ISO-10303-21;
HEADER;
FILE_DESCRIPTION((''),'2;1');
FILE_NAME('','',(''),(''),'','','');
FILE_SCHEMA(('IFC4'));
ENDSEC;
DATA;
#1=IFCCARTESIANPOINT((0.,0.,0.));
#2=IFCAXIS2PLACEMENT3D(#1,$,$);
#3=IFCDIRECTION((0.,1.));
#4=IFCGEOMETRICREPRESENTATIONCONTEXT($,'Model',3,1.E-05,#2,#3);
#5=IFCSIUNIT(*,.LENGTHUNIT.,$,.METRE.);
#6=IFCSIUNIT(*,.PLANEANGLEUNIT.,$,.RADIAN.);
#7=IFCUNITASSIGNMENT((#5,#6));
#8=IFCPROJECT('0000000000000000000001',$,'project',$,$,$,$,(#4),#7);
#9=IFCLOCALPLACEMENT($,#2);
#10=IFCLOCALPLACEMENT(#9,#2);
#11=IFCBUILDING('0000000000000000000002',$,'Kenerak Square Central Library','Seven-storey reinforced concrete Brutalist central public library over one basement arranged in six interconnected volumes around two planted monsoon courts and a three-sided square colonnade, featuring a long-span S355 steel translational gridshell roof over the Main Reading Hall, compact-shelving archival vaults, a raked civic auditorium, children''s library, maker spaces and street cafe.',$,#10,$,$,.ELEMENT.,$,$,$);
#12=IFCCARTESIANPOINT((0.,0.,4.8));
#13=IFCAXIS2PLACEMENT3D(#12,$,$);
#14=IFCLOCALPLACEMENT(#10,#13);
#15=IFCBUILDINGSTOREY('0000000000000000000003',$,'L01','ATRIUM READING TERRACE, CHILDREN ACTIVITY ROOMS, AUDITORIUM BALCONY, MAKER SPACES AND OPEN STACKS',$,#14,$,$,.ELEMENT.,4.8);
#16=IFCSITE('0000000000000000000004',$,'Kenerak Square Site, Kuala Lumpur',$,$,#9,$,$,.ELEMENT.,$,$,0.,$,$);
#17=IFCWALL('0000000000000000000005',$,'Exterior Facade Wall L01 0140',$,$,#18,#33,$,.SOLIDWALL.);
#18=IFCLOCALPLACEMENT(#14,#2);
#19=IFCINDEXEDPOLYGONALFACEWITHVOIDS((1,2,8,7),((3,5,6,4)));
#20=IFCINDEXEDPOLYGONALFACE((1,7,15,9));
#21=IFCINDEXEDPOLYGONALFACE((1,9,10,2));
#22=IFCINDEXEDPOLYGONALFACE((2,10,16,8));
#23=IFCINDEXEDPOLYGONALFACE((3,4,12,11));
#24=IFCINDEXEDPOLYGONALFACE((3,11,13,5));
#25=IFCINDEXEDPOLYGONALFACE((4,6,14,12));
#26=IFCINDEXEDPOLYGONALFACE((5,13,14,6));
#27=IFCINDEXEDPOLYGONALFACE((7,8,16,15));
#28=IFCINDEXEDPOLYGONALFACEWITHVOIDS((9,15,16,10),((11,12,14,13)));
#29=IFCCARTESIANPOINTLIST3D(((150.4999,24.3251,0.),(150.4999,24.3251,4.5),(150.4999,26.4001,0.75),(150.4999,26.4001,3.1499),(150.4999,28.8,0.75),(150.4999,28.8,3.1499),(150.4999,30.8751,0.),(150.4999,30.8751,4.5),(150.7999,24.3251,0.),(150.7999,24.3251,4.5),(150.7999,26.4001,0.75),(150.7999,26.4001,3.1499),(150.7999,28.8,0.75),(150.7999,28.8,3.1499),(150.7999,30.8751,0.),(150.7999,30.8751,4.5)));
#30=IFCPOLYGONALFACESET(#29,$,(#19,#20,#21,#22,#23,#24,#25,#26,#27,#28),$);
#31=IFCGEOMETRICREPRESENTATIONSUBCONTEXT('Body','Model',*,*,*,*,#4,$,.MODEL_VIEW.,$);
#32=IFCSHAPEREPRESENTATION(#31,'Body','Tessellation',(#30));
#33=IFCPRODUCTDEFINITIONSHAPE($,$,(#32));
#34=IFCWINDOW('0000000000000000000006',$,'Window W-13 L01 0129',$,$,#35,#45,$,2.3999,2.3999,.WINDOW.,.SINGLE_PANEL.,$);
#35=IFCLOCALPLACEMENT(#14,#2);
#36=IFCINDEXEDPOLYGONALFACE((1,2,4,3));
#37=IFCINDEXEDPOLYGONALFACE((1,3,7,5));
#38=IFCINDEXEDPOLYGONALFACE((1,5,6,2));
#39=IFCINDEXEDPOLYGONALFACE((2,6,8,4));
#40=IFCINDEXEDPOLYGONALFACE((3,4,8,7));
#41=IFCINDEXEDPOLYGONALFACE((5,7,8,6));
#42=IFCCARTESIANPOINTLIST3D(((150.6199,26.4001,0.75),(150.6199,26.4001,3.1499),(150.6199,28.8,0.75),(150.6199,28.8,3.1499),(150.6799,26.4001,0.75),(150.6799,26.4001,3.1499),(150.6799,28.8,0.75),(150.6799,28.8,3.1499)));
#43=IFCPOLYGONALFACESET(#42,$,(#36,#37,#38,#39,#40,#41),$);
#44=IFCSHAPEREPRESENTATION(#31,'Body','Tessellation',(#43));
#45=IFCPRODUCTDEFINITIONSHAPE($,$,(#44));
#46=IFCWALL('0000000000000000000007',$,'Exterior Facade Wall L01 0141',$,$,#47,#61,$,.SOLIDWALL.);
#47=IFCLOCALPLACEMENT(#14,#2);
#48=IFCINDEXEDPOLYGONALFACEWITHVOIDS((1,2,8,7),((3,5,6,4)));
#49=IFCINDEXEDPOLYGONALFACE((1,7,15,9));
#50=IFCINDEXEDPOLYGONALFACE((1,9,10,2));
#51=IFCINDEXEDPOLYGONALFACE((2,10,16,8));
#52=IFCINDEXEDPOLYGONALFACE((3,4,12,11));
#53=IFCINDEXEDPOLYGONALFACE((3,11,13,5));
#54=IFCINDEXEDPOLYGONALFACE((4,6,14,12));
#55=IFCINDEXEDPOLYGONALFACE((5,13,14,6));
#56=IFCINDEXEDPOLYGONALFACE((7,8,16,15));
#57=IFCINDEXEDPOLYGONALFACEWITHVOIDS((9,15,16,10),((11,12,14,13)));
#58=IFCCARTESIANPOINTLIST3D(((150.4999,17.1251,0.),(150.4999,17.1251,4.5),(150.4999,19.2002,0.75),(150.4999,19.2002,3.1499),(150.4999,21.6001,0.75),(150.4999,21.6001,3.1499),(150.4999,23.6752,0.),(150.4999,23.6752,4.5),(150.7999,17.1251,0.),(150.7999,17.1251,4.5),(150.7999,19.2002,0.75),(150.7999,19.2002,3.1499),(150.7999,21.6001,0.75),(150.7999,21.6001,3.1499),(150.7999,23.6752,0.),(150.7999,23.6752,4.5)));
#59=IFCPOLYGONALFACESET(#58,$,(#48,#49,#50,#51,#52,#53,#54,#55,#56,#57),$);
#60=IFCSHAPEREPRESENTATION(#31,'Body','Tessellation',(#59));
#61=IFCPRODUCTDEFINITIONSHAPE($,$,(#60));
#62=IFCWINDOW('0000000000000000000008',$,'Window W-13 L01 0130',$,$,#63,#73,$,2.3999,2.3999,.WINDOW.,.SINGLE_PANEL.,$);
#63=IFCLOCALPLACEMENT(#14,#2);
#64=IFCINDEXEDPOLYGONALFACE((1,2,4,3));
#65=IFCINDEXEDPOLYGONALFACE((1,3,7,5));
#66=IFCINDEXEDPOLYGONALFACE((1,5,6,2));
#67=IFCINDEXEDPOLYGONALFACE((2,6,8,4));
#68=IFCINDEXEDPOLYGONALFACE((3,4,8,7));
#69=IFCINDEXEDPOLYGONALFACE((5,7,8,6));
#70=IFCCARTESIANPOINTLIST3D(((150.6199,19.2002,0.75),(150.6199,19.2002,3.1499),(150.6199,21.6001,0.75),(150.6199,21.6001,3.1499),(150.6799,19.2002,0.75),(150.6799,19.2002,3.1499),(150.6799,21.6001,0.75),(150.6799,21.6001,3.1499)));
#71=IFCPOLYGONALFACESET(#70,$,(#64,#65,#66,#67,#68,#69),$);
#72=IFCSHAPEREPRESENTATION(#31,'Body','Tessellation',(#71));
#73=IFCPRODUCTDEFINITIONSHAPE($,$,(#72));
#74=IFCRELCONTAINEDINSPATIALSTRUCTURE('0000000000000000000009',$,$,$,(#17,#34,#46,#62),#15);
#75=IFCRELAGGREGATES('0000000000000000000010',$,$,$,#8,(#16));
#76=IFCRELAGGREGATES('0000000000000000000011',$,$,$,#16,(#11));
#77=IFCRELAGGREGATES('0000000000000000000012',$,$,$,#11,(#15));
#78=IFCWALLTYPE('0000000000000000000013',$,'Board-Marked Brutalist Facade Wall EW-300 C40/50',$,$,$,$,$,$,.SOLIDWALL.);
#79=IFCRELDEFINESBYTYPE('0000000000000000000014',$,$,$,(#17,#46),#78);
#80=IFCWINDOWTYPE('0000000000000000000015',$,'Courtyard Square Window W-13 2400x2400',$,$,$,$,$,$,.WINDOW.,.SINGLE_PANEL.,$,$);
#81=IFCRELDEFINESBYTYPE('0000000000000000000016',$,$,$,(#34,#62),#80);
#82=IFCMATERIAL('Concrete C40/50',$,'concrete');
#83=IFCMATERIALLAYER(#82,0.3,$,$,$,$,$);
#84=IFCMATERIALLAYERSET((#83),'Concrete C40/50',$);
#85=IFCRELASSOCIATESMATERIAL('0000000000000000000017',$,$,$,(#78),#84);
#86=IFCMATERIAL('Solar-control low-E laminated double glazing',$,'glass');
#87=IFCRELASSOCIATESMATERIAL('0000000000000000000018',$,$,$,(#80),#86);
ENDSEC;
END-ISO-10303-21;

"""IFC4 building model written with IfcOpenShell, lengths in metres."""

from ifc_helpers import new_model, si_unit, direction, frame, frame_2d, origin, place, context, subcontext, project, spatial, rectangle, extrude, material, layer, layer_set, type_object, element, fill, save


model = new_model("IFC4")

# Units and contexts
model_context = context("Model", 3, precision=1e-05, world=origin(), true_north=direction((0.0, 1.0)))
body_context = subcontext(model_context, "Body", "Model", "MODEL_VIEW")
ifc_project = project(units=[si_unit("LENGTHUNIT", "METRE"), si_unit("PLANEANGLEUNIT", "RADIAN")], contexts=[model_context])

# Site, building, storey
site_placement = place(None, origin())
site = spatial("IfcSite", under=ifc_project, at=site_placement, Name="Kenerak Square Site, Kuala Lumpur", CompositionType="ELEMENT", RefElevation=0.0)
building_placement = place(site_placement, origin())
building = spatial("IfcBuilding", under=site, at=building_placement, Name="Kenerak Square Central Library", Description="Seven-storey reinforced concrete Brutalist central public library over one basement arranged in six interconnected volumes around two planted monsoon courts and a three-sided square colonnade, featuring a long-span S355 steel translational gridshell roof over the Main Reading Hall, compact-shelving archival vaults, a raked civic auditorium, children's library, maker spaces and street cafe.", CompositionType="ELEMENT")
storey_placement = place(building_placement, frame((0.0, 0.0, 4.8)))
storey = spatial("IfcBuildingStorey", under=building, at=storey_placement, Name="L01", Description="ATRIUM READING TERRACE, CHILDREN ACTIVITY ROOMS, AUDITORIUM BALCONY, MAKER SPACES AND OPEN STACKS", CompositionType="ELEMENT", Elevation=4.8)

# Shared definitions
ifc_material_1 = material(Name="Concrete C40/50", Category="concrete")

# Walls, openings, windows
ifc_layer_1 = layer(ifc_material_1, 0.3)
ifc_layer_set_1 = layer_set([ifc_layer_1], Name="Concrete C40/50")
wall_type = type_object("IfcWallType", Name="Board-Marked Brutalist Facade Wall EW-300 C40/50", PredefinedType="SOLIDWALL", material=ifc_layer_set_1)
wall_1_placement = place(storey_placement, frame((150.6499, 30.875, 0.0), z_axis=(0.0, 0.0, 1.0), x_axis=(0.0, -1.0, 0.0)))
wall_1 = element("IfcWall", 1, at=wall_1_placement, inside=storey, type_object=wall_type, Name="Exterior Facade Wall L01 0140", PredefinedType="SOLIDWALL", context=body_context, shape_type="SweptSolid", body=[
    extrude(rectangle(XDim=6.55, YDim=0.3, at=frame_2d((3.2749, 0.0))), origin(), (0.0, 0.0, 1.0), 4.5),
])
opening_1_placement = place(wall_1_placement, frame((2.075, 0.0, 0.75)))
opening_1 = element("IfcOpeningElement", 2, at=opening_1_placement, cuts=wall_1, PredefinedType="OPENING", context=body_context, shape_type="SweptSolid", body=[
    extrude(rectangle(XDim=2.3999, YDim=2.3999, at=frame_2d((1.2, 1.2))), frame((0.0, 0.1599, 0.0), z_axis=(0.0, -1.0, 0.0), x_axis=(1.0, 0.0, 0.0)), (0.0, 0.0, 1.0), 0.3201),
])
ifc_material_2 = material(Name="Solar-control low-E laminated double glazing", Category="glass")
window_type = type_object("IfcWindowType", Name="Courtyard Square Window W-13 2400x2400", PartitioningType="SINGLE_PANEL", PredefinedType="WINDOW", material=ifc_material_2)
window_1_placement = place(opening_1_placement, origin())
window_1 = element("IfcWindow", 3, at=window_1_placement, inside=storey, type_object=window_type, Name="Window W-13 L01 0129", OverallHeight=2.3999, OverallWidth=2.3999, PartitioningType="SINGLE_PANEL", PredefinedType="WINDOW", context=body_context, shape_type="SweptSolid", body=[
    extrude(rectangle(XDim=2.3999, YDim=2.3999, at=frame_2d((1.2, 1.2))), frame((0.0, 0.03, 0.0), z_axis=(0.0, -1.0, 0.0), x_axis=(1.0, 0.0, 0.0)), (0.0, 0.0, 1.0), 0.0601),
])
fill(opening_1, window_1)
wall_2_placement = place(storey_placement, frame((150.6499, 23.675, 0.0), z_axis=(0.0, 0.0, 1.0), x_axis=(0.0, -1.0, 0.0)))
wall_2 = element("IfcWall", 4, at=wall_2_placement, inside=storey, type_object=wall_type, Name="Exterior Facade Wall L01 0141", PredefinedType="SOLIDWALL", context=body_context, shape_type="SweptSolid", body=[
    extrude(rectangle(XDim=6.55, YDim=0.3, at=frame_2d((3.2749, 0.0))), origin(), (0.0, 0.0, 1.0), 4.5),
])
opening_2_placement = place(wall_2_placement, frame((2.075, 0.0, 0.75)))
opening_2 = element("IfcOpeningElement", 5, at=opening_2_placement, cuts=wall_2, PredefinedType="OPENING", context=body_context, shape_type="SweptSolid", body=[
    extrude(rectangle(XDim=2.3999, YDim=2.3999, at=frame_2d((1.2, 1.2))), frame((0.0, 0.1599, 0.0), z_axis=(0.0, -1.0, 0.0), x_axis=(1.0, 0.0, 0.0)), (0.0, 0.0, 1.0), 0.3201),
])
window_2_placement = place(opening_2_placement, origin())
window_2 = element("IfcWindow", 6, at=window_2_placement, inside=storey, type_object=window_type, Name="Window W-13 L01 0130", OverallHeight=2.3999, OverallWidth=2.3999, PartitioningType="SINGLE_PANEL", PredefinedType="WINDOW", context=body_context, shape_type="SweptSolid", body=[
    extrude(rectangle(XDim=2.3999, YDim=2.3999, at=frame_2d((1.2, 1.2))), frame((0.0, 0.03, 0.0), z_axis=(0.0, -1.0, 0.0), x_axis=(1.0, 0.0, 0.0)), (0.0, 0.0, 1.0), 0.0601),
])
fill(opening_2, window_2)

save(model, "model.ifc")
